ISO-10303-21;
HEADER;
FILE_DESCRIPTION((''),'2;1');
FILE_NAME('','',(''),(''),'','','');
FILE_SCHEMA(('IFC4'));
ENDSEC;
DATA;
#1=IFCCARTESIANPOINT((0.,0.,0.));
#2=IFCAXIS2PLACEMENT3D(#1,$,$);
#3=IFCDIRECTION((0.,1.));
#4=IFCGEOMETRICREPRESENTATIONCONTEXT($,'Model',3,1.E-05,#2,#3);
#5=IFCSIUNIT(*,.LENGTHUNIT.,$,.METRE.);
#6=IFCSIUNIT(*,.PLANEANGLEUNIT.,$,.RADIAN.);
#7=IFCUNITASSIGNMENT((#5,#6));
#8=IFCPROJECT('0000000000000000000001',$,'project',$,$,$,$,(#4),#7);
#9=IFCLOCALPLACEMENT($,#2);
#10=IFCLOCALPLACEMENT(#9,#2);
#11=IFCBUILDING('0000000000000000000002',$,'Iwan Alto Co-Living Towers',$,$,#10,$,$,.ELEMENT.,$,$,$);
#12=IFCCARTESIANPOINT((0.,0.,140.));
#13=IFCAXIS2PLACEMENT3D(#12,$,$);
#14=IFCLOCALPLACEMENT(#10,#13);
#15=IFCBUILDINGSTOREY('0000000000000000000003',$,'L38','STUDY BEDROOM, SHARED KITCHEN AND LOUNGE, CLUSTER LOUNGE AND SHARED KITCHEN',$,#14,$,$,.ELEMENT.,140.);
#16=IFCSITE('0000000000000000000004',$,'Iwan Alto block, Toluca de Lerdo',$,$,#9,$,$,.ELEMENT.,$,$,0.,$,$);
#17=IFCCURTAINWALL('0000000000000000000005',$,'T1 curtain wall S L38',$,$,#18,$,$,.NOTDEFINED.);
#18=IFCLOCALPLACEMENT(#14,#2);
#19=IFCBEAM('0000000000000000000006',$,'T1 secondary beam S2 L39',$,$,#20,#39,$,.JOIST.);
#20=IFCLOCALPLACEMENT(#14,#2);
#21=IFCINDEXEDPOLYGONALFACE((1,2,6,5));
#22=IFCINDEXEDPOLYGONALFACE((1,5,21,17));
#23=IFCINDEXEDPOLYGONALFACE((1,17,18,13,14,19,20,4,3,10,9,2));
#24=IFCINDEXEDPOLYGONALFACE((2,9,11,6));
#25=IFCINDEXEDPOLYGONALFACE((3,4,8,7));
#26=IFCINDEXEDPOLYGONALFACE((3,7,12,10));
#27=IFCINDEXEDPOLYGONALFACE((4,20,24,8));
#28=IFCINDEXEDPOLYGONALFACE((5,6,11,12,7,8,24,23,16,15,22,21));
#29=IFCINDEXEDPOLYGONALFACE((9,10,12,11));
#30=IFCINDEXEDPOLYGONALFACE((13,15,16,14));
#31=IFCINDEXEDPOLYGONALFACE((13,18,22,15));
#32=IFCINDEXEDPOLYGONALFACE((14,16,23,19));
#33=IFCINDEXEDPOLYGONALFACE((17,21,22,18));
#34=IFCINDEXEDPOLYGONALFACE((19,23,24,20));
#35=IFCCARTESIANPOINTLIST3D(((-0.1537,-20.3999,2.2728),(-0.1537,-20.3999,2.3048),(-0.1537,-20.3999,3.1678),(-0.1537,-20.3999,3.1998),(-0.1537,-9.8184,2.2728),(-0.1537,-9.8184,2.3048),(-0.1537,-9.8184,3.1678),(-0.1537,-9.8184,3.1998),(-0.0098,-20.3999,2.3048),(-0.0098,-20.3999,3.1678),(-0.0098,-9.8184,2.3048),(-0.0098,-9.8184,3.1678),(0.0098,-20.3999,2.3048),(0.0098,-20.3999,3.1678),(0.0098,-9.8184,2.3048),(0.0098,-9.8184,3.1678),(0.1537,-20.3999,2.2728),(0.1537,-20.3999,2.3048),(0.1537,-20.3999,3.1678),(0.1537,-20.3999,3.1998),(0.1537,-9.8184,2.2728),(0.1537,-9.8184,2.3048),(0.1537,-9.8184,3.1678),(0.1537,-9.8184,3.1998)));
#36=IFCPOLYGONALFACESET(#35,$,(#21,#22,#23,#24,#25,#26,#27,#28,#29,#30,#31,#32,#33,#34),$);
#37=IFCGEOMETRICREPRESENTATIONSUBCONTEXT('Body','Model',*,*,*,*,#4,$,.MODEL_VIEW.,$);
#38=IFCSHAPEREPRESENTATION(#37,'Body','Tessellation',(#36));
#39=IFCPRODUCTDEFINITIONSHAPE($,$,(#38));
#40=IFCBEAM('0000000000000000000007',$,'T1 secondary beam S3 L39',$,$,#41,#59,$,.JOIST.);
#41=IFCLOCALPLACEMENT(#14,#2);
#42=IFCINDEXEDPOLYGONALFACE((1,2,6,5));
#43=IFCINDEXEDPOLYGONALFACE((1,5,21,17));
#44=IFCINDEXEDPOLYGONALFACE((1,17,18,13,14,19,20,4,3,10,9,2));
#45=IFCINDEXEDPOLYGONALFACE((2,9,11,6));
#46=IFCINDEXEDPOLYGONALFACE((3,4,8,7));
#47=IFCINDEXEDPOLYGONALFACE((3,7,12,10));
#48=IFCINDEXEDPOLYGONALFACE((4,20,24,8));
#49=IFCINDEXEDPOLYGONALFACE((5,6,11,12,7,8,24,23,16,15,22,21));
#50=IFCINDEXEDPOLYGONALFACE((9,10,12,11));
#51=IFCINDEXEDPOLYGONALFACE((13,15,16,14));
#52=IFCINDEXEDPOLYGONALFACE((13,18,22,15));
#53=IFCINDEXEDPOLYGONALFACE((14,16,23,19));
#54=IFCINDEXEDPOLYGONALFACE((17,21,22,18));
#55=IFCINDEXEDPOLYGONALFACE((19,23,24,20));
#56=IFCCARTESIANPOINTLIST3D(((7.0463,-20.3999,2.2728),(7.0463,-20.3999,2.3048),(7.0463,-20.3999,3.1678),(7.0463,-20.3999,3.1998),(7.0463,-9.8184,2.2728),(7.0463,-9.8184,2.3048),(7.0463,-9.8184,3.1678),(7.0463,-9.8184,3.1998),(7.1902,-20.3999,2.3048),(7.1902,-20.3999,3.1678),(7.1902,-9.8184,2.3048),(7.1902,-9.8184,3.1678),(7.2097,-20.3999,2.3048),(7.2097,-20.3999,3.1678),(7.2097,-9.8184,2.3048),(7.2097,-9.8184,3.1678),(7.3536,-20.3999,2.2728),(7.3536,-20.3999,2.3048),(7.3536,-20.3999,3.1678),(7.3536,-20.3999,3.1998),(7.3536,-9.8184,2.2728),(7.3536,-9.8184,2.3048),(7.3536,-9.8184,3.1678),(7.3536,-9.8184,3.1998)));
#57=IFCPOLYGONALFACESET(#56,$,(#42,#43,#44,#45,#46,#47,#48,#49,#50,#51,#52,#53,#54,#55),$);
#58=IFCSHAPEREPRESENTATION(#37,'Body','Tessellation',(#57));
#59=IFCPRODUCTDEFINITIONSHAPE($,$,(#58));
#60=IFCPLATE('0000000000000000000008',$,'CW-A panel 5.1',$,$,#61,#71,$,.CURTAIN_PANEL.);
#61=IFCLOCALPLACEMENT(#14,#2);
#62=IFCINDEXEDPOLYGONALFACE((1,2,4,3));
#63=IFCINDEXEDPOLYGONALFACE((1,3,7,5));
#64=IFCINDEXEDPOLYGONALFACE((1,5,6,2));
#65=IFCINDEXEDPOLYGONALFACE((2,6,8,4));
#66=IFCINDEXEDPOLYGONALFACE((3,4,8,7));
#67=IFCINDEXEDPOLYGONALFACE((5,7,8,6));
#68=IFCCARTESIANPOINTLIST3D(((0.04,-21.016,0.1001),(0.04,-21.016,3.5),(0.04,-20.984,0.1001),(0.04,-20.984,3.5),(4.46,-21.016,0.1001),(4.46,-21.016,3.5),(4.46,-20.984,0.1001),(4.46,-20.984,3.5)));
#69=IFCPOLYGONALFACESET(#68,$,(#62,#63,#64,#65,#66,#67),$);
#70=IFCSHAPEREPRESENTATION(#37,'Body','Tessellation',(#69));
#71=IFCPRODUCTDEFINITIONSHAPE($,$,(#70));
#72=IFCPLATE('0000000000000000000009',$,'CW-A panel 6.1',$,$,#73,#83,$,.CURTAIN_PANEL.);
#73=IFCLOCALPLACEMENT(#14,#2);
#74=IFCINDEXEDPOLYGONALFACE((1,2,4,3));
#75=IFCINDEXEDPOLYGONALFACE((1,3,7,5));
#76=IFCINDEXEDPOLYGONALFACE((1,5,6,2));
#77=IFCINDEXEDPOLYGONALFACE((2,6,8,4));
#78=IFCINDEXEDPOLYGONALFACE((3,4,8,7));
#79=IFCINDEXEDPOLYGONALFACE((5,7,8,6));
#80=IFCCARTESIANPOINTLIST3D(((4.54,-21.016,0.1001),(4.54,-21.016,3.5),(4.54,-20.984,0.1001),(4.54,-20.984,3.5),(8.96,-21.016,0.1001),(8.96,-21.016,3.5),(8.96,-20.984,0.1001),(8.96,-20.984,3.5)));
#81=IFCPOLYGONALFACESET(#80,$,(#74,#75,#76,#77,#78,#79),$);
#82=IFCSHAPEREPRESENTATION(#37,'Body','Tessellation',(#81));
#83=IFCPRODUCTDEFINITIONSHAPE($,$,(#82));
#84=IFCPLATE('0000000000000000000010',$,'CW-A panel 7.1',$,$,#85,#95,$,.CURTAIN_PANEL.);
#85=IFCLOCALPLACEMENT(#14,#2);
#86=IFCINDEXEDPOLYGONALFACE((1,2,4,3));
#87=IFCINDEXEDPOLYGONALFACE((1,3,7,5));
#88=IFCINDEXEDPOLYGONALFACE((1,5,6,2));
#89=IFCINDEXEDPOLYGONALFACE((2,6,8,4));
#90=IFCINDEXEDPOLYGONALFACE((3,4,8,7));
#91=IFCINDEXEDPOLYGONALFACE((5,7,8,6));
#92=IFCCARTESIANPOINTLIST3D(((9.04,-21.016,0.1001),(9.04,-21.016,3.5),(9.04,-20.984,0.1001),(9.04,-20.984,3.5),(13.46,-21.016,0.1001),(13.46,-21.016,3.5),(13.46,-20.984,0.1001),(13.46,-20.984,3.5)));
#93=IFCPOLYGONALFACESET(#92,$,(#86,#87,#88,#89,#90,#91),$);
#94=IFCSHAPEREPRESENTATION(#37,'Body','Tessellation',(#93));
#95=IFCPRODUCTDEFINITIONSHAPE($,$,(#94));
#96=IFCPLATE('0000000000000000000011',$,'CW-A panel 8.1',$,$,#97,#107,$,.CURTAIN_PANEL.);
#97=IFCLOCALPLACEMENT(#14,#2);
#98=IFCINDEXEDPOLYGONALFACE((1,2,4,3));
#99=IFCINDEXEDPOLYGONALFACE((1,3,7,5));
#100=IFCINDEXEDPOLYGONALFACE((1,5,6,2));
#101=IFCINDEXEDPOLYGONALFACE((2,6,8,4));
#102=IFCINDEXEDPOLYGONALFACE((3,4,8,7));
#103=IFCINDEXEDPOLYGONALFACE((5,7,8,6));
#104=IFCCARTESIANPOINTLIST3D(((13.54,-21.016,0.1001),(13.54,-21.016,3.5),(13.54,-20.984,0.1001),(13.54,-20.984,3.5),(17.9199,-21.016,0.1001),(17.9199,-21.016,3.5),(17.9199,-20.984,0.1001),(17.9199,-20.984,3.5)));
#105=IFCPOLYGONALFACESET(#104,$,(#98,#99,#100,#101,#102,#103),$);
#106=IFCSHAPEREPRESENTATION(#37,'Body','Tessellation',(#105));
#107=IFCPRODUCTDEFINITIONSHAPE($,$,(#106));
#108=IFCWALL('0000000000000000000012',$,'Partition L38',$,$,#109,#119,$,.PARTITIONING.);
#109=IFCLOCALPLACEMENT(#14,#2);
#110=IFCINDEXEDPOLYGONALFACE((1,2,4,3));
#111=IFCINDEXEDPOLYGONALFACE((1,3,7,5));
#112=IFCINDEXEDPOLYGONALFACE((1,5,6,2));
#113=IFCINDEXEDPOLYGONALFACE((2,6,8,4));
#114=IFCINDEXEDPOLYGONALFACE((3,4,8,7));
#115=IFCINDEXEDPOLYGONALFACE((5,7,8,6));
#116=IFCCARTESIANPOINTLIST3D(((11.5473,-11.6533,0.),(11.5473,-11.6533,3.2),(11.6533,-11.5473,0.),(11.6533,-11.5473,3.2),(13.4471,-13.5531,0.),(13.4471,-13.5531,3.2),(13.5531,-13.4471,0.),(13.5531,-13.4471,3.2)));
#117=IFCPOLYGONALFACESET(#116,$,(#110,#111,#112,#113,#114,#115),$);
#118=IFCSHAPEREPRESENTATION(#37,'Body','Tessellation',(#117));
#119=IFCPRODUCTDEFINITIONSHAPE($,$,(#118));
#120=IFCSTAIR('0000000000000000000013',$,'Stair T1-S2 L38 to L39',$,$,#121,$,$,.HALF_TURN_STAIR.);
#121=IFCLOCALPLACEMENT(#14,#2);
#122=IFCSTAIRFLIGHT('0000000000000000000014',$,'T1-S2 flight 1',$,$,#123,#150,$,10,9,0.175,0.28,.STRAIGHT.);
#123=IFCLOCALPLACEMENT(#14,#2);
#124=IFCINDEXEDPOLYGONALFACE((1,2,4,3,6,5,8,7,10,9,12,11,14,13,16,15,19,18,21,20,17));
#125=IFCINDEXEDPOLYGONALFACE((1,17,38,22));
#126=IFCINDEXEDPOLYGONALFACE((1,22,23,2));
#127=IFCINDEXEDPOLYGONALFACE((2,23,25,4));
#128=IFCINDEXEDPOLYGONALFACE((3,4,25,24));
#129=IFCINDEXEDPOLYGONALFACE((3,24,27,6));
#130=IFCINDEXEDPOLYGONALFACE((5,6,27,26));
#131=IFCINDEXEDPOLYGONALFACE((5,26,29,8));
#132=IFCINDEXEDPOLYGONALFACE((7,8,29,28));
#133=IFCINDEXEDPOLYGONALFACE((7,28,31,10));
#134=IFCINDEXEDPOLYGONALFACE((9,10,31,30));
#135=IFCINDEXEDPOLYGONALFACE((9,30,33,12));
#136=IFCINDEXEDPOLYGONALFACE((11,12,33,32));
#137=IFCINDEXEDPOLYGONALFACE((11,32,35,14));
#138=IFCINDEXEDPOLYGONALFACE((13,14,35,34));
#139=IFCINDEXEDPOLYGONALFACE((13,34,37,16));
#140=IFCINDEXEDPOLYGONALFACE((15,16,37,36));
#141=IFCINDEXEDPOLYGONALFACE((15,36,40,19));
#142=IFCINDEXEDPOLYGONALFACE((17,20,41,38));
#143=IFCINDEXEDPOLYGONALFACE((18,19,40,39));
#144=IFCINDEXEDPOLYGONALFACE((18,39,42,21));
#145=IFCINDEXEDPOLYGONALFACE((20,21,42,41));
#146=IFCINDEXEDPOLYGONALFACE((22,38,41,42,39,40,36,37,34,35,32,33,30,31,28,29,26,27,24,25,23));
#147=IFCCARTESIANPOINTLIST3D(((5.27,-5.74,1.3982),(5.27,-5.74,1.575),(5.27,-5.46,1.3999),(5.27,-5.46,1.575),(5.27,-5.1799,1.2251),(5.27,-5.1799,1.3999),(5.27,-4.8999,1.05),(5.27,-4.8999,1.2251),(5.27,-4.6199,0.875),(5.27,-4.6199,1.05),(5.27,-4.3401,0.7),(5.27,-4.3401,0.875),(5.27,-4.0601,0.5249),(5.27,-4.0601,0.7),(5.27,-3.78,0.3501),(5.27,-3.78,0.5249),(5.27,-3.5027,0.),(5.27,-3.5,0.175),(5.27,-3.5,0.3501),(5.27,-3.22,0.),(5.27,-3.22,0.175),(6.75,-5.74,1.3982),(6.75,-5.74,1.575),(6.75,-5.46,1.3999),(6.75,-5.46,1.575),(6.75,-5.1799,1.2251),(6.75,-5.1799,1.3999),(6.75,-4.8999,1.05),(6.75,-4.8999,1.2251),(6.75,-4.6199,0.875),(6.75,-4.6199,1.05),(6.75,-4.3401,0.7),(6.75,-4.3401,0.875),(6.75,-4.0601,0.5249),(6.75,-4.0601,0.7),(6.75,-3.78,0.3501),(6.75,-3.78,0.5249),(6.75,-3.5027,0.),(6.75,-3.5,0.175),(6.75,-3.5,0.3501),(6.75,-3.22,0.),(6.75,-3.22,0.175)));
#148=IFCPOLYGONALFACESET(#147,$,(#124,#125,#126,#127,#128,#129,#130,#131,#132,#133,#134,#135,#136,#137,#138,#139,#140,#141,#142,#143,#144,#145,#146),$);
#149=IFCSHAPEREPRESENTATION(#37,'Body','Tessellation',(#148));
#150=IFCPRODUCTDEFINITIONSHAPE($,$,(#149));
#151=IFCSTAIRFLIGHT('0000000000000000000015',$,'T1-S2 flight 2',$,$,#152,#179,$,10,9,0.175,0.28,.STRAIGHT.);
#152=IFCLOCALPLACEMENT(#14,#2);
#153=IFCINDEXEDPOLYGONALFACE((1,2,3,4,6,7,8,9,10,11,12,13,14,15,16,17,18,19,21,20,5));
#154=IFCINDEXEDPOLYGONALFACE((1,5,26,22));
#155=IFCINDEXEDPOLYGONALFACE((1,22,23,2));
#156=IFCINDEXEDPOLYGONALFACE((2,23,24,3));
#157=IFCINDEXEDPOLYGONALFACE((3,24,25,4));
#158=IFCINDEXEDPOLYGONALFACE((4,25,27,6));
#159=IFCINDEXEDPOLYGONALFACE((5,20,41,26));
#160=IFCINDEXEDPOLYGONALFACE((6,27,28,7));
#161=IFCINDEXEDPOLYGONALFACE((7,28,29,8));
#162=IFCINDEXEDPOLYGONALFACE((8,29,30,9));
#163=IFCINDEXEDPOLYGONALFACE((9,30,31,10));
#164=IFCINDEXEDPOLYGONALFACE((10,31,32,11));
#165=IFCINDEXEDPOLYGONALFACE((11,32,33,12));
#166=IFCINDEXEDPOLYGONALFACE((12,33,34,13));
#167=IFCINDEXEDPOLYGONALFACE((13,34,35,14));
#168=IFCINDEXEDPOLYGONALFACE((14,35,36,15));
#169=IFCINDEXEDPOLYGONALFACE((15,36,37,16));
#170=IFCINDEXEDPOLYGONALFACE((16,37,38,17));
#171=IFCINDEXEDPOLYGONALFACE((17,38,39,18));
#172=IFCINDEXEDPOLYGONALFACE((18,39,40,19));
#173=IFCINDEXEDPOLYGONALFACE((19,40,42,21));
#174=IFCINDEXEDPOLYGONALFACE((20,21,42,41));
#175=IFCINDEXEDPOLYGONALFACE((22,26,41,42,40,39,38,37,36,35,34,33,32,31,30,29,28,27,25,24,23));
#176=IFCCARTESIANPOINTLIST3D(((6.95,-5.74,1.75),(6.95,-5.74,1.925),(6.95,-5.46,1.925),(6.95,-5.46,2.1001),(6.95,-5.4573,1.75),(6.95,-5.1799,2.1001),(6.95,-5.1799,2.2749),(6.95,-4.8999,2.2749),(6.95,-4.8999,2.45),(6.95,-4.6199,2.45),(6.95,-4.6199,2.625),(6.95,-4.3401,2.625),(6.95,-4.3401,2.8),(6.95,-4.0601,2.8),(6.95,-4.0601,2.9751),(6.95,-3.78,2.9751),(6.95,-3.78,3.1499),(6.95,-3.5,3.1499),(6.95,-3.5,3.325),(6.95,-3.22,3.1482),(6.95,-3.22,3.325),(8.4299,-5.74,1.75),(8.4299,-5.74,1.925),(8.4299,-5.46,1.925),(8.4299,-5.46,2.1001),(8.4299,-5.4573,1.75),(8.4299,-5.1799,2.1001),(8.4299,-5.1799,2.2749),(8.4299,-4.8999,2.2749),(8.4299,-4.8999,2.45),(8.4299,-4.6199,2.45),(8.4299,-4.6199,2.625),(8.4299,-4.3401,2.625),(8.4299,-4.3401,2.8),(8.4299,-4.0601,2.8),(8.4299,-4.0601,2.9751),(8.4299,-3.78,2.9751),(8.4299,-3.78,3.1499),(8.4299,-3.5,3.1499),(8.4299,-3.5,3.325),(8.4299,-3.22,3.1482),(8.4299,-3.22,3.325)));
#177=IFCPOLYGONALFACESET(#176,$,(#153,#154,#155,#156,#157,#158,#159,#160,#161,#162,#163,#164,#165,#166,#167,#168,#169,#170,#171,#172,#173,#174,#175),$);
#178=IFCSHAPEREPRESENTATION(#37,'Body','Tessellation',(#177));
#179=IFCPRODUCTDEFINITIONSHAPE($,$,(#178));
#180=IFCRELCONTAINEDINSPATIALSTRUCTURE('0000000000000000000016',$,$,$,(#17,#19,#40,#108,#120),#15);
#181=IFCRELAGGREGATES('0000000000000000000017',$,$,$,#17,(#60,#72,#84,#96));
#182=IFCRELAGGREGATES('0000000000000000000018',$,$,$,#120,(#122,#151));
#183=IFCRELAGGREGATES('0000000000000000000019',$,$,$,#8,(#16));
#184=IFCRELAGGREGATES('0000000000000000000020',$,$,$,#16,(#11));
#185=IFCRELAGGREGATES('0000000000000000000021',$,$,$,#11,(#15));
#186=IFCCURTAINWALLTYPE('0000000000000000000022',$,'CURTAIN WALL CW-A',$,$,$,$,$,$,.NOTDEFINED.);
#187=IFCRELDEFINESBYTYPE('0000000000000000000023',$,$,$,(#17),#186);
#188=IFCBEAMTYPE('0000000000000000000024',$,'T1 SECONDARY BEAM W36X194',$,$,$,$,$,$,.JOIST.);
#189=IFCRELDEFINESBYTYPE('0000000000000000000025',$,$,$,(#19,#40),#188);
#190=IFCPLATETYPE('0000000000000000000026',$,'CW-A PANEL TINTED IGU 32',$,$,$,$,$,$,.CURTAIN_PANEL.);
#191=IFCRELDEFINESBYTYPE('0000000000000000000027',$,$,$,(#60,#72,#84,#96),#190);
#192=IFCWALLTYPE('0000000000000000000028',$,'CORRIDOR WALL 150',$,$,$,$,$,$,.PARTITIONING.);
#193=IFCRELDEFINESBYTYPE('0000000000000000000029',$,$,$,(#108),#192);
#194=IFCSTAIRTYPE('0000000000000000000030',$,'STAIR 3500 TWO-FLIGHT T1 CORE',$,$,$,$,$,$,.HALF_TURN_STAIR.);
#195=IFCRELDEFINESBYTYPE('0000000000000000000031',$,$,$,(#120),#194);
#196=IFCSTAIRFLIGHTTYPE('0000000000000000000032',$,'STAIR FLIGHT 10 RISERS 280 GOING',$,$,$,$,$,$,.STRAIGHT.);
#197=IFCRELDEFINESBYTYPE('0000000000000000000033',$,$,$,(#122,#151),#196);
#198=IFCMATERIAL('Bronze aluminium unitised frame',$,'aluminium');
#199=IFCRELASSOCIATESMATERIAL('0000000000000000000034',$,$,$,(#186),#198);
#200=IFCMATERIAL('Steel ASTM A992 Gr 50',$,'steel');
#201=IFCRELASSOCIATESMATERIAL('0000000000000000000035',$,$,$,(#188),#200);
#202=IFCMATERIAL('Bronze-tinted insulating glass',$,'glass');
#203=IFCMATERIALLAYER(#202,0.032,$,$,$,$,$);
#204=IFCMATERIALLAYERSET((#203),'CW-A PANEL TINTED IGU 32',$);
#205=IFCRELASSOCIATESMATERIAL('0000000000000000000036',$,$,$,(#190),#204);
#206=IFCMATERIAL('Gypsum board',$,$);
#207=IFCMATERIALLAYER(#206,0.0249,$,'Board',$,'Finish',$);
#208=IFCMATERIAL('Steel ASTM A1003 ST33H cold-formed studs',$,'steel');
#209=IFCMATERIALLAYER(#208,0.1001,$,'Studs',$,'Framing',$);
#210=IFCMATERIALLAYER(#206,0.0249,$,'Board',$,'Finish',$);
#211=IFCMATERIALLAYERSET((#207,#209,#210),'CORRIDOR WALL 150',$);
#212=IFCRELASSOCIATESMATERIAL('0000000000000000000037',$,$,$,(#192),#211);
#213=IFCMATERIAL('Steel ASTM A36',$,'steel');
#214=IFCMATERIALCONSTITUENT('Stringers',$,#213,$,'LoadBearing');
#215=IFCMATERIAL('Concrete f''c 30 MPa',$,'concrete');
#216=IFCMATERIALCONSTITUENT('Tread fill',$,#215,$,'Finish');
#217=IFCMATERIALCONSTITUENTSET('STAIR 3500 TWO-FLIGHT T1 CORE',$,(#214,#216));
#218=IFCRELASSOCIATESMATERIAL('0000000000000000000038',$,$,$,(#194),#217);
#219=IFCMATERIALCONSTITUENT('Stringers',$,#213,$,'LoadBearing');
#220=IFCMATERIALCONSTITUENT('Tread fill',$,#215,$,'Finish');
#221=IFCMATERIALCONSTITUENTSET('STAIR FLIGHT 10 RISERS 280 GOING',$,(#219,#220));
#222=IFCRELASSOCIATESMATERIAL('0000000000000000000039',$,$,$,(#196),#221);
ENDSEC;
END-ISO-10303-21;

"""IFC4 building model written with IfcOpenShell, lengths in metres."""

from ifc_helpers import new_model, si_unit, direction, frame, frame_2d, origin, origin_2d, place, context, subcontext, project, spatial, polyline, rectangle, i_section, outline, extrude, material, layer, layer_set, constituent, constituent_set, material_profile, profile_set, type_object, element, aggregate, save


model = new_model("IFC4")

# Units and contexts
model_context = context("Model", 3, precision=1e-05, world=origin(), true_north=direction((0.0, 1.0)))
body_context = subcontext(model_context, "Body", "Model", "MODEL_VIEW")
ifc_project = project(units=[si_unit("LENGTHUNIT", "METRE"), si_unit("PLANEANGLEUNIT", "RADIAN")], contexts=[model_context])

# Site, building, storey
site_placement = place(None, origin())
site = spatial("IfcSite", under=ifc_project, at=site_placement, Name="Iwan Alto block, Toluca de Lerdo", CompositionType="ELEMENT", RefElevation=0.0)
building_placement = place(site_placement, origin())
building = spatial("IfcBuilding", under=site, at=building_placement, Name="Iwan Alto Co-Living Towers", CompositionType="ELEMENT")
storey_placement = place(building_placement, frame((0.0, 0.0, 140.0)))
storey = spatial("IfcBuildingStorey", under=building, at=storey_placement, Name="L38", Description="STUDY BEDROOM, SHARED KITCHEN AND LOUNGE, CLUSTER LOUNGE AND SHARED KITCHEN", CompositionType="ELEMENT", Elevation=140.0)

# Curtain wall
ifc_material_1 = material(Name="Bronze aluminium unitised frame", Category="aluminium")
curtain_wall_type = type_object("IfcCurtainWallType", Name="CURTAIN WALL CW-A", PredefinedType="NOTDEFINED", material=ifc_material_1)
curtain_wall_placement = place(storey_placement, origin())
curtain_wall = element("IfcCurtainWall", 1, at=curtain_wall_placement, inside=storey, type_object=curtain_wall_type, Name="T1 curtain wall S L38", PredefinedType="NOTDEFINED")

# Beams
ifc_material_2 = material(Name="Steel ASTM A992 Gr 50", Category="steel")
ifc_material_profile_1 = material_profile(ifc_material_2, i_section(OverallWidth=0.3074, OverallDepth=0.927, WebThickness=0.0195, FlangeThickness=0.032, at=origin_2d()), Name="W36X194")
ifc_profile_set_1 = profile_set([ifc_material_profile_1], Name="Steel ASTM A992 Gr 50")
beam_type_1 = type_object("IfcBeamType", Name="T1 SECONDARY BEAM W36X194", PredefinedType="JOIST", material=ifc_profile_set_1)
for number, where, z_axis, x_axis, name in (
    (2, (0.0, -20.3999, 2.7363), (0.0, 1.0, 0.0), (-1.0, 0.0, 0.0), "T1 secondary beam S2 L39"),
    (3, (7.2, -20.3999, 2.7363), (0.0, 1.0, 0.0), (-1.0, 0.0, 0.0), "T1 secondary beam S3 L39"),
):
    element("IfcBeam", number, at=place(storey_placement, frame(where, z_axis=z_axis, x_axis=x_axis)), inside=storey, type_object=beam_type_1, Name=name, PredefinedType="JOIST", context=body_context, shape_type="SweptSolid", body=[
        extrude(i_section(OverallWidth=0.3074, OverallDepth=0.927, WebThickness=0.0195, FlangeThickness=0.032, at=origin_2d()), origin(), (0.0, 0.0, 1.0), 10.5815),
    ])

# Plates
ifc_material_3 = material(Name="Bronze-tinted insulating glass", Category="glass")
ifc_layer_1 = layer(ifc_material_3, 0.032)
ifc_layer_set_1 = layer_set([ifc_layer_1], Name="CW-A PANEL TINTED IGU 32")
plate_type = type_object("IfcPlateType", Name="CW-A PANEL TINTED IGU 32", PredefinedType="CURTAIN_PANEL", material=ifc_layer_set_1)
plate_1_placement = place(storey_placement, frame((2.25, -21.0, 0.1001), z_axis=(0.0, 0.0, 1.0), x_axis=(1.0, 0.0, 0.0)))
plate_1 = element("IfcPlate", 4, at=plate_1_placement, type_object=plate_type, Name="CW-A panel 5.1", PredefinedType="CURTAIN_PANEL", context=body_context, shape_type="SweptSolid", body=[
    extrude(rectangle(XDim=4.4199, YDim=0.032, at=origin_2d()), origin(), (0.0, 0.0, 1.0), 3.3999),
])
plate_2_placement = place(storey_placement, frame((6.75, -21.0, 0.1001), z_axis=(0.0, 0.0, 1.0), x_axis=(1.0, 0.0, 0.0)))
plate_2 = element("IfcPlate", 5, at=plate_2_placement, type_object=plate_type, Name="CW-A panel 6.1", PredefinedType="CURTAIN_PANEL", context=body_context, shape_type="SweptSolid", body=[
    extrude(rectangle(XDim=4.4199, YDim=0.032, at=origin_2d()), origin(), (0.0, 0.0, 1.0), 3.3999),
])
plate_3_placement = place(storey_placement, frame((11.25, -21.0, 0.1001), z_axis=(0.0, 0.0, 1.0), x_axis=(1.0, 0.0, 0.0)))
plate_3 = element("IfcPlate", 6, at=plate_3_placement, type_object=plate_type, Name="CW-A panel 7.1", PredefinedType="CURTAIN_PANEL", context=body_context, shape_type="SweptSolid", body=[
    extrude(rectangle(XDim=4.4199, YDim=0.032, at=origin_2d()), origin(), (0.0, 0.0, 1.0), 3.3999),
])
plate_4_placement = place(storey_placement, frame((15.73, -21.0, 0.1001), z_axis=(0.0, 0.0, 1.0), x_axis=(1.0, 0.0, 0.0)))
plate_4 = element("IfcPlate", 7, at=plate_4_placement, type_object=plate_type, Name="CW-A panel 8.1", PredefinedType="CURTAIN_PANEL", context=body_context, shape_type="SweptSolid", body=[
    extrude(rectangle(XDim=4.3799, YDim=0.032, at=origin_2d()), origin(), (0.0, 0.0, 1.0), 3.3999),
])
aggregate(curtain_wall, [plate_1, plate_2, plate_3, plate_4])

# Wall
ifc_material_4 = material(Name="Gypsum board")
ifc_layer_2 = layer(ifc_material_4, 0.0249, Name="Board", Category="Finish")
ifc_material_5 = material(Name="Steel ASTM A1003 ST33H cold-formed studs", Category="steel")
ifc_layer_3 = layer(ifc_material_5, 0.1001, Name="Studs", Category="Framing")
ifc_layer_4 = layer(ifc_material_4, 0.0249, Name="Board", Category="Finish")
ifc_layer_set_2 = layer_set([ifc_layer_2, ifc_layer_3, ifc_layer_4], Name="CORRIDOR WALL 150")
wall_type = type_object("IfcWallType", Name="CORRIDOR WALL 150", PredefinedType="PARTITIONING", material=ifc_layer_set_2)
wall_placement = place(storey_placement, frame((13.5, -13.5, 0.0), z_axis=(0.0, 0.0, 1.0), x_axis=(-0.707107, 0.707107, 0.0)))
element("IfcWall", 8, at=wall_placement, inside=storey, type_object=wall_type, Name="Partition L38", PredefinedType="PARTITIONING", context=body_context, shape_type="SweptSolid", body=[
    extrude(rectangle(XDim=2.6868, YDim=0.1499, at=frame_2d((1.3433, 0.0))), origin(), (0.0, 0.0, 1.0), 3.2),
])

# Stair, stair flights
ifc_material_6 = material(Name="Steel ASTM A36", Category="steel")
ifc_constituent_1 = constituent(ifc_material_6, Name="Stringers", Category="LoadBearing")
ifc_material_7 = material(Name="Concrete f'c 30 MPa", Category="concrete")
ifc_constituent_2 = constituent(ifc_material_7, Name="Tread fill", Category="Finish")
ifc_constituent_set_1 = constituent_set(constituents=[ifc_constituent_1, ifc_constituent_2], Name="STAIR 3500 TWO-FLIGHT T1 CORE")
stair_type = type_object("IfcStairType", Name="STAIR 3500 TWO-FLIGHT T1 CORE", PredefinedType="HALF_TURN_STAIR", material=ifc_constituent_set_1)
stair_placement = place(storey_placement, origin())
stair = element("IfcStair", 9, at=stair_placement, inside=storey, type_object=stair_type, Name="Stair T1-S2 L38 to L39", PredefinedType="HALF_TURN_STAIR")
ifc_constituent_3 = constituent(ifc_material_6, Name="Stringers", Category="LoadBearing")
ifc_constituent_4 = constituent(ifc_material_7, Name="Tread fill", Category="Finish")
ifc_constituent_set_2 = constituent_set(constituents=[ifc_constituent_3, ifc_constituent_4], Name="STAIR FLIGHT 10 RISERS 280 GOING")
stair_flight_type = type_object("IfcStairFlightType", Name="STAIR FLIGHT 10 RISERS 280 GOING", PredefinedType="STRAIGHT", material=ifc_constituent_set_2)
stair_flight_1_placement = place(storey_placement, frame((6.01, -3.22, 0.0), z_axis=(0.0, 0.0, 1.0), x_axis=(0.0, -1.0, 0.0)))
stair_flight_1 = element("IfcStairFlight", 10, at=stair_flight_1_placement, type_object=stair_flight_type, Name="T1-S2 flight 1", NumberOfRisers=10, NumberOfTreads=9, PredefinedType="STRAIGHT", RiserHeight=0.175, TreadLength=0.28, context=body_context, shape_type="SweptSolid", body=[
    extrude(outline(polyline([(0.0, 0.0), (0.0, 0.175), (0.28, 0.175), (0.28, 0.3501), (0.5601, 0.3501), (0.5601, 0.5249), (0.8401, 0.5249), (0.8401, 0.7), (1.1201, 0.7), (1.1201, 0.875), (1.3999, 0.875), (1.3999, 1.05), (1.6799, 1.05), (1.6799, 1.2251), (1.96, 1.2251), (1.96, 1.3999), (2.24, 1.3999), (2.24, 1.575), (2.52, 1.575), (2.52, 1.75), (2.52, 1.3982), (0.2827, 0.0), (0.0, 0.0)])), frame((0.0, 0.74, 0.0), z_axis=(0.0, -1.0, 0.0), x_axis=(1.0, 0.0, 0.0)), (0.0, 0.0, 1.0), 1.48),
])
stair_flight_2_placement = place(storey_placement, frame((7.6899, -5.74, 1.75), z_axis=(0.0, 0.0, 1.0), x_axis=(0.0, 1.0, 0.0)))
stair_flight_2 = element("IfcStairFlight", 11, at=stair_flight_2_placement, type_object=stair_flight_type, Name="T1-S2 flight 2", NumberOfRisers=10, NumberOfTreads=9, PredefinedType="STRAIGHT", RiserHeight=0.175, TreadLength=0.28, context=body_context, shape_type="SweptSolid", body=[
    extrude(outline(polyline([(0.0, 0.0), (0.0, 0.175), (0.28, 0.175), (0.28, 0.3501), (0.5601, 0.3501), (0.5601, 0.5249), (0.8401, 0.5249), (0.8401, 0.7), (1.1201, 0.7), (1.1201, 0.875), (1.3999, 0.875), (1.3999, 1.05), (1.6799, 1.05), (1.6799, 1.2251), (1.96, 1.2251), (1.96, 1.3999), (2.24, 1.3999), (2.24, 1.575), (2.52, 1.575), (2.52, 1.75), (2.52, 1.3982), (0.2827, 0.0), (0.0, 0.0)])), frame((0.0, 0.74, 0.0), z_axis=(0.0, -1.0, 0.0), x_axis=(1.0, 0.0, 0.0)), (0.0, 0.0, 1.0), 1.48),
])
aggregate(stair, [stair_flight_1, stair_flight_2])

save(model, "model.ifc")
